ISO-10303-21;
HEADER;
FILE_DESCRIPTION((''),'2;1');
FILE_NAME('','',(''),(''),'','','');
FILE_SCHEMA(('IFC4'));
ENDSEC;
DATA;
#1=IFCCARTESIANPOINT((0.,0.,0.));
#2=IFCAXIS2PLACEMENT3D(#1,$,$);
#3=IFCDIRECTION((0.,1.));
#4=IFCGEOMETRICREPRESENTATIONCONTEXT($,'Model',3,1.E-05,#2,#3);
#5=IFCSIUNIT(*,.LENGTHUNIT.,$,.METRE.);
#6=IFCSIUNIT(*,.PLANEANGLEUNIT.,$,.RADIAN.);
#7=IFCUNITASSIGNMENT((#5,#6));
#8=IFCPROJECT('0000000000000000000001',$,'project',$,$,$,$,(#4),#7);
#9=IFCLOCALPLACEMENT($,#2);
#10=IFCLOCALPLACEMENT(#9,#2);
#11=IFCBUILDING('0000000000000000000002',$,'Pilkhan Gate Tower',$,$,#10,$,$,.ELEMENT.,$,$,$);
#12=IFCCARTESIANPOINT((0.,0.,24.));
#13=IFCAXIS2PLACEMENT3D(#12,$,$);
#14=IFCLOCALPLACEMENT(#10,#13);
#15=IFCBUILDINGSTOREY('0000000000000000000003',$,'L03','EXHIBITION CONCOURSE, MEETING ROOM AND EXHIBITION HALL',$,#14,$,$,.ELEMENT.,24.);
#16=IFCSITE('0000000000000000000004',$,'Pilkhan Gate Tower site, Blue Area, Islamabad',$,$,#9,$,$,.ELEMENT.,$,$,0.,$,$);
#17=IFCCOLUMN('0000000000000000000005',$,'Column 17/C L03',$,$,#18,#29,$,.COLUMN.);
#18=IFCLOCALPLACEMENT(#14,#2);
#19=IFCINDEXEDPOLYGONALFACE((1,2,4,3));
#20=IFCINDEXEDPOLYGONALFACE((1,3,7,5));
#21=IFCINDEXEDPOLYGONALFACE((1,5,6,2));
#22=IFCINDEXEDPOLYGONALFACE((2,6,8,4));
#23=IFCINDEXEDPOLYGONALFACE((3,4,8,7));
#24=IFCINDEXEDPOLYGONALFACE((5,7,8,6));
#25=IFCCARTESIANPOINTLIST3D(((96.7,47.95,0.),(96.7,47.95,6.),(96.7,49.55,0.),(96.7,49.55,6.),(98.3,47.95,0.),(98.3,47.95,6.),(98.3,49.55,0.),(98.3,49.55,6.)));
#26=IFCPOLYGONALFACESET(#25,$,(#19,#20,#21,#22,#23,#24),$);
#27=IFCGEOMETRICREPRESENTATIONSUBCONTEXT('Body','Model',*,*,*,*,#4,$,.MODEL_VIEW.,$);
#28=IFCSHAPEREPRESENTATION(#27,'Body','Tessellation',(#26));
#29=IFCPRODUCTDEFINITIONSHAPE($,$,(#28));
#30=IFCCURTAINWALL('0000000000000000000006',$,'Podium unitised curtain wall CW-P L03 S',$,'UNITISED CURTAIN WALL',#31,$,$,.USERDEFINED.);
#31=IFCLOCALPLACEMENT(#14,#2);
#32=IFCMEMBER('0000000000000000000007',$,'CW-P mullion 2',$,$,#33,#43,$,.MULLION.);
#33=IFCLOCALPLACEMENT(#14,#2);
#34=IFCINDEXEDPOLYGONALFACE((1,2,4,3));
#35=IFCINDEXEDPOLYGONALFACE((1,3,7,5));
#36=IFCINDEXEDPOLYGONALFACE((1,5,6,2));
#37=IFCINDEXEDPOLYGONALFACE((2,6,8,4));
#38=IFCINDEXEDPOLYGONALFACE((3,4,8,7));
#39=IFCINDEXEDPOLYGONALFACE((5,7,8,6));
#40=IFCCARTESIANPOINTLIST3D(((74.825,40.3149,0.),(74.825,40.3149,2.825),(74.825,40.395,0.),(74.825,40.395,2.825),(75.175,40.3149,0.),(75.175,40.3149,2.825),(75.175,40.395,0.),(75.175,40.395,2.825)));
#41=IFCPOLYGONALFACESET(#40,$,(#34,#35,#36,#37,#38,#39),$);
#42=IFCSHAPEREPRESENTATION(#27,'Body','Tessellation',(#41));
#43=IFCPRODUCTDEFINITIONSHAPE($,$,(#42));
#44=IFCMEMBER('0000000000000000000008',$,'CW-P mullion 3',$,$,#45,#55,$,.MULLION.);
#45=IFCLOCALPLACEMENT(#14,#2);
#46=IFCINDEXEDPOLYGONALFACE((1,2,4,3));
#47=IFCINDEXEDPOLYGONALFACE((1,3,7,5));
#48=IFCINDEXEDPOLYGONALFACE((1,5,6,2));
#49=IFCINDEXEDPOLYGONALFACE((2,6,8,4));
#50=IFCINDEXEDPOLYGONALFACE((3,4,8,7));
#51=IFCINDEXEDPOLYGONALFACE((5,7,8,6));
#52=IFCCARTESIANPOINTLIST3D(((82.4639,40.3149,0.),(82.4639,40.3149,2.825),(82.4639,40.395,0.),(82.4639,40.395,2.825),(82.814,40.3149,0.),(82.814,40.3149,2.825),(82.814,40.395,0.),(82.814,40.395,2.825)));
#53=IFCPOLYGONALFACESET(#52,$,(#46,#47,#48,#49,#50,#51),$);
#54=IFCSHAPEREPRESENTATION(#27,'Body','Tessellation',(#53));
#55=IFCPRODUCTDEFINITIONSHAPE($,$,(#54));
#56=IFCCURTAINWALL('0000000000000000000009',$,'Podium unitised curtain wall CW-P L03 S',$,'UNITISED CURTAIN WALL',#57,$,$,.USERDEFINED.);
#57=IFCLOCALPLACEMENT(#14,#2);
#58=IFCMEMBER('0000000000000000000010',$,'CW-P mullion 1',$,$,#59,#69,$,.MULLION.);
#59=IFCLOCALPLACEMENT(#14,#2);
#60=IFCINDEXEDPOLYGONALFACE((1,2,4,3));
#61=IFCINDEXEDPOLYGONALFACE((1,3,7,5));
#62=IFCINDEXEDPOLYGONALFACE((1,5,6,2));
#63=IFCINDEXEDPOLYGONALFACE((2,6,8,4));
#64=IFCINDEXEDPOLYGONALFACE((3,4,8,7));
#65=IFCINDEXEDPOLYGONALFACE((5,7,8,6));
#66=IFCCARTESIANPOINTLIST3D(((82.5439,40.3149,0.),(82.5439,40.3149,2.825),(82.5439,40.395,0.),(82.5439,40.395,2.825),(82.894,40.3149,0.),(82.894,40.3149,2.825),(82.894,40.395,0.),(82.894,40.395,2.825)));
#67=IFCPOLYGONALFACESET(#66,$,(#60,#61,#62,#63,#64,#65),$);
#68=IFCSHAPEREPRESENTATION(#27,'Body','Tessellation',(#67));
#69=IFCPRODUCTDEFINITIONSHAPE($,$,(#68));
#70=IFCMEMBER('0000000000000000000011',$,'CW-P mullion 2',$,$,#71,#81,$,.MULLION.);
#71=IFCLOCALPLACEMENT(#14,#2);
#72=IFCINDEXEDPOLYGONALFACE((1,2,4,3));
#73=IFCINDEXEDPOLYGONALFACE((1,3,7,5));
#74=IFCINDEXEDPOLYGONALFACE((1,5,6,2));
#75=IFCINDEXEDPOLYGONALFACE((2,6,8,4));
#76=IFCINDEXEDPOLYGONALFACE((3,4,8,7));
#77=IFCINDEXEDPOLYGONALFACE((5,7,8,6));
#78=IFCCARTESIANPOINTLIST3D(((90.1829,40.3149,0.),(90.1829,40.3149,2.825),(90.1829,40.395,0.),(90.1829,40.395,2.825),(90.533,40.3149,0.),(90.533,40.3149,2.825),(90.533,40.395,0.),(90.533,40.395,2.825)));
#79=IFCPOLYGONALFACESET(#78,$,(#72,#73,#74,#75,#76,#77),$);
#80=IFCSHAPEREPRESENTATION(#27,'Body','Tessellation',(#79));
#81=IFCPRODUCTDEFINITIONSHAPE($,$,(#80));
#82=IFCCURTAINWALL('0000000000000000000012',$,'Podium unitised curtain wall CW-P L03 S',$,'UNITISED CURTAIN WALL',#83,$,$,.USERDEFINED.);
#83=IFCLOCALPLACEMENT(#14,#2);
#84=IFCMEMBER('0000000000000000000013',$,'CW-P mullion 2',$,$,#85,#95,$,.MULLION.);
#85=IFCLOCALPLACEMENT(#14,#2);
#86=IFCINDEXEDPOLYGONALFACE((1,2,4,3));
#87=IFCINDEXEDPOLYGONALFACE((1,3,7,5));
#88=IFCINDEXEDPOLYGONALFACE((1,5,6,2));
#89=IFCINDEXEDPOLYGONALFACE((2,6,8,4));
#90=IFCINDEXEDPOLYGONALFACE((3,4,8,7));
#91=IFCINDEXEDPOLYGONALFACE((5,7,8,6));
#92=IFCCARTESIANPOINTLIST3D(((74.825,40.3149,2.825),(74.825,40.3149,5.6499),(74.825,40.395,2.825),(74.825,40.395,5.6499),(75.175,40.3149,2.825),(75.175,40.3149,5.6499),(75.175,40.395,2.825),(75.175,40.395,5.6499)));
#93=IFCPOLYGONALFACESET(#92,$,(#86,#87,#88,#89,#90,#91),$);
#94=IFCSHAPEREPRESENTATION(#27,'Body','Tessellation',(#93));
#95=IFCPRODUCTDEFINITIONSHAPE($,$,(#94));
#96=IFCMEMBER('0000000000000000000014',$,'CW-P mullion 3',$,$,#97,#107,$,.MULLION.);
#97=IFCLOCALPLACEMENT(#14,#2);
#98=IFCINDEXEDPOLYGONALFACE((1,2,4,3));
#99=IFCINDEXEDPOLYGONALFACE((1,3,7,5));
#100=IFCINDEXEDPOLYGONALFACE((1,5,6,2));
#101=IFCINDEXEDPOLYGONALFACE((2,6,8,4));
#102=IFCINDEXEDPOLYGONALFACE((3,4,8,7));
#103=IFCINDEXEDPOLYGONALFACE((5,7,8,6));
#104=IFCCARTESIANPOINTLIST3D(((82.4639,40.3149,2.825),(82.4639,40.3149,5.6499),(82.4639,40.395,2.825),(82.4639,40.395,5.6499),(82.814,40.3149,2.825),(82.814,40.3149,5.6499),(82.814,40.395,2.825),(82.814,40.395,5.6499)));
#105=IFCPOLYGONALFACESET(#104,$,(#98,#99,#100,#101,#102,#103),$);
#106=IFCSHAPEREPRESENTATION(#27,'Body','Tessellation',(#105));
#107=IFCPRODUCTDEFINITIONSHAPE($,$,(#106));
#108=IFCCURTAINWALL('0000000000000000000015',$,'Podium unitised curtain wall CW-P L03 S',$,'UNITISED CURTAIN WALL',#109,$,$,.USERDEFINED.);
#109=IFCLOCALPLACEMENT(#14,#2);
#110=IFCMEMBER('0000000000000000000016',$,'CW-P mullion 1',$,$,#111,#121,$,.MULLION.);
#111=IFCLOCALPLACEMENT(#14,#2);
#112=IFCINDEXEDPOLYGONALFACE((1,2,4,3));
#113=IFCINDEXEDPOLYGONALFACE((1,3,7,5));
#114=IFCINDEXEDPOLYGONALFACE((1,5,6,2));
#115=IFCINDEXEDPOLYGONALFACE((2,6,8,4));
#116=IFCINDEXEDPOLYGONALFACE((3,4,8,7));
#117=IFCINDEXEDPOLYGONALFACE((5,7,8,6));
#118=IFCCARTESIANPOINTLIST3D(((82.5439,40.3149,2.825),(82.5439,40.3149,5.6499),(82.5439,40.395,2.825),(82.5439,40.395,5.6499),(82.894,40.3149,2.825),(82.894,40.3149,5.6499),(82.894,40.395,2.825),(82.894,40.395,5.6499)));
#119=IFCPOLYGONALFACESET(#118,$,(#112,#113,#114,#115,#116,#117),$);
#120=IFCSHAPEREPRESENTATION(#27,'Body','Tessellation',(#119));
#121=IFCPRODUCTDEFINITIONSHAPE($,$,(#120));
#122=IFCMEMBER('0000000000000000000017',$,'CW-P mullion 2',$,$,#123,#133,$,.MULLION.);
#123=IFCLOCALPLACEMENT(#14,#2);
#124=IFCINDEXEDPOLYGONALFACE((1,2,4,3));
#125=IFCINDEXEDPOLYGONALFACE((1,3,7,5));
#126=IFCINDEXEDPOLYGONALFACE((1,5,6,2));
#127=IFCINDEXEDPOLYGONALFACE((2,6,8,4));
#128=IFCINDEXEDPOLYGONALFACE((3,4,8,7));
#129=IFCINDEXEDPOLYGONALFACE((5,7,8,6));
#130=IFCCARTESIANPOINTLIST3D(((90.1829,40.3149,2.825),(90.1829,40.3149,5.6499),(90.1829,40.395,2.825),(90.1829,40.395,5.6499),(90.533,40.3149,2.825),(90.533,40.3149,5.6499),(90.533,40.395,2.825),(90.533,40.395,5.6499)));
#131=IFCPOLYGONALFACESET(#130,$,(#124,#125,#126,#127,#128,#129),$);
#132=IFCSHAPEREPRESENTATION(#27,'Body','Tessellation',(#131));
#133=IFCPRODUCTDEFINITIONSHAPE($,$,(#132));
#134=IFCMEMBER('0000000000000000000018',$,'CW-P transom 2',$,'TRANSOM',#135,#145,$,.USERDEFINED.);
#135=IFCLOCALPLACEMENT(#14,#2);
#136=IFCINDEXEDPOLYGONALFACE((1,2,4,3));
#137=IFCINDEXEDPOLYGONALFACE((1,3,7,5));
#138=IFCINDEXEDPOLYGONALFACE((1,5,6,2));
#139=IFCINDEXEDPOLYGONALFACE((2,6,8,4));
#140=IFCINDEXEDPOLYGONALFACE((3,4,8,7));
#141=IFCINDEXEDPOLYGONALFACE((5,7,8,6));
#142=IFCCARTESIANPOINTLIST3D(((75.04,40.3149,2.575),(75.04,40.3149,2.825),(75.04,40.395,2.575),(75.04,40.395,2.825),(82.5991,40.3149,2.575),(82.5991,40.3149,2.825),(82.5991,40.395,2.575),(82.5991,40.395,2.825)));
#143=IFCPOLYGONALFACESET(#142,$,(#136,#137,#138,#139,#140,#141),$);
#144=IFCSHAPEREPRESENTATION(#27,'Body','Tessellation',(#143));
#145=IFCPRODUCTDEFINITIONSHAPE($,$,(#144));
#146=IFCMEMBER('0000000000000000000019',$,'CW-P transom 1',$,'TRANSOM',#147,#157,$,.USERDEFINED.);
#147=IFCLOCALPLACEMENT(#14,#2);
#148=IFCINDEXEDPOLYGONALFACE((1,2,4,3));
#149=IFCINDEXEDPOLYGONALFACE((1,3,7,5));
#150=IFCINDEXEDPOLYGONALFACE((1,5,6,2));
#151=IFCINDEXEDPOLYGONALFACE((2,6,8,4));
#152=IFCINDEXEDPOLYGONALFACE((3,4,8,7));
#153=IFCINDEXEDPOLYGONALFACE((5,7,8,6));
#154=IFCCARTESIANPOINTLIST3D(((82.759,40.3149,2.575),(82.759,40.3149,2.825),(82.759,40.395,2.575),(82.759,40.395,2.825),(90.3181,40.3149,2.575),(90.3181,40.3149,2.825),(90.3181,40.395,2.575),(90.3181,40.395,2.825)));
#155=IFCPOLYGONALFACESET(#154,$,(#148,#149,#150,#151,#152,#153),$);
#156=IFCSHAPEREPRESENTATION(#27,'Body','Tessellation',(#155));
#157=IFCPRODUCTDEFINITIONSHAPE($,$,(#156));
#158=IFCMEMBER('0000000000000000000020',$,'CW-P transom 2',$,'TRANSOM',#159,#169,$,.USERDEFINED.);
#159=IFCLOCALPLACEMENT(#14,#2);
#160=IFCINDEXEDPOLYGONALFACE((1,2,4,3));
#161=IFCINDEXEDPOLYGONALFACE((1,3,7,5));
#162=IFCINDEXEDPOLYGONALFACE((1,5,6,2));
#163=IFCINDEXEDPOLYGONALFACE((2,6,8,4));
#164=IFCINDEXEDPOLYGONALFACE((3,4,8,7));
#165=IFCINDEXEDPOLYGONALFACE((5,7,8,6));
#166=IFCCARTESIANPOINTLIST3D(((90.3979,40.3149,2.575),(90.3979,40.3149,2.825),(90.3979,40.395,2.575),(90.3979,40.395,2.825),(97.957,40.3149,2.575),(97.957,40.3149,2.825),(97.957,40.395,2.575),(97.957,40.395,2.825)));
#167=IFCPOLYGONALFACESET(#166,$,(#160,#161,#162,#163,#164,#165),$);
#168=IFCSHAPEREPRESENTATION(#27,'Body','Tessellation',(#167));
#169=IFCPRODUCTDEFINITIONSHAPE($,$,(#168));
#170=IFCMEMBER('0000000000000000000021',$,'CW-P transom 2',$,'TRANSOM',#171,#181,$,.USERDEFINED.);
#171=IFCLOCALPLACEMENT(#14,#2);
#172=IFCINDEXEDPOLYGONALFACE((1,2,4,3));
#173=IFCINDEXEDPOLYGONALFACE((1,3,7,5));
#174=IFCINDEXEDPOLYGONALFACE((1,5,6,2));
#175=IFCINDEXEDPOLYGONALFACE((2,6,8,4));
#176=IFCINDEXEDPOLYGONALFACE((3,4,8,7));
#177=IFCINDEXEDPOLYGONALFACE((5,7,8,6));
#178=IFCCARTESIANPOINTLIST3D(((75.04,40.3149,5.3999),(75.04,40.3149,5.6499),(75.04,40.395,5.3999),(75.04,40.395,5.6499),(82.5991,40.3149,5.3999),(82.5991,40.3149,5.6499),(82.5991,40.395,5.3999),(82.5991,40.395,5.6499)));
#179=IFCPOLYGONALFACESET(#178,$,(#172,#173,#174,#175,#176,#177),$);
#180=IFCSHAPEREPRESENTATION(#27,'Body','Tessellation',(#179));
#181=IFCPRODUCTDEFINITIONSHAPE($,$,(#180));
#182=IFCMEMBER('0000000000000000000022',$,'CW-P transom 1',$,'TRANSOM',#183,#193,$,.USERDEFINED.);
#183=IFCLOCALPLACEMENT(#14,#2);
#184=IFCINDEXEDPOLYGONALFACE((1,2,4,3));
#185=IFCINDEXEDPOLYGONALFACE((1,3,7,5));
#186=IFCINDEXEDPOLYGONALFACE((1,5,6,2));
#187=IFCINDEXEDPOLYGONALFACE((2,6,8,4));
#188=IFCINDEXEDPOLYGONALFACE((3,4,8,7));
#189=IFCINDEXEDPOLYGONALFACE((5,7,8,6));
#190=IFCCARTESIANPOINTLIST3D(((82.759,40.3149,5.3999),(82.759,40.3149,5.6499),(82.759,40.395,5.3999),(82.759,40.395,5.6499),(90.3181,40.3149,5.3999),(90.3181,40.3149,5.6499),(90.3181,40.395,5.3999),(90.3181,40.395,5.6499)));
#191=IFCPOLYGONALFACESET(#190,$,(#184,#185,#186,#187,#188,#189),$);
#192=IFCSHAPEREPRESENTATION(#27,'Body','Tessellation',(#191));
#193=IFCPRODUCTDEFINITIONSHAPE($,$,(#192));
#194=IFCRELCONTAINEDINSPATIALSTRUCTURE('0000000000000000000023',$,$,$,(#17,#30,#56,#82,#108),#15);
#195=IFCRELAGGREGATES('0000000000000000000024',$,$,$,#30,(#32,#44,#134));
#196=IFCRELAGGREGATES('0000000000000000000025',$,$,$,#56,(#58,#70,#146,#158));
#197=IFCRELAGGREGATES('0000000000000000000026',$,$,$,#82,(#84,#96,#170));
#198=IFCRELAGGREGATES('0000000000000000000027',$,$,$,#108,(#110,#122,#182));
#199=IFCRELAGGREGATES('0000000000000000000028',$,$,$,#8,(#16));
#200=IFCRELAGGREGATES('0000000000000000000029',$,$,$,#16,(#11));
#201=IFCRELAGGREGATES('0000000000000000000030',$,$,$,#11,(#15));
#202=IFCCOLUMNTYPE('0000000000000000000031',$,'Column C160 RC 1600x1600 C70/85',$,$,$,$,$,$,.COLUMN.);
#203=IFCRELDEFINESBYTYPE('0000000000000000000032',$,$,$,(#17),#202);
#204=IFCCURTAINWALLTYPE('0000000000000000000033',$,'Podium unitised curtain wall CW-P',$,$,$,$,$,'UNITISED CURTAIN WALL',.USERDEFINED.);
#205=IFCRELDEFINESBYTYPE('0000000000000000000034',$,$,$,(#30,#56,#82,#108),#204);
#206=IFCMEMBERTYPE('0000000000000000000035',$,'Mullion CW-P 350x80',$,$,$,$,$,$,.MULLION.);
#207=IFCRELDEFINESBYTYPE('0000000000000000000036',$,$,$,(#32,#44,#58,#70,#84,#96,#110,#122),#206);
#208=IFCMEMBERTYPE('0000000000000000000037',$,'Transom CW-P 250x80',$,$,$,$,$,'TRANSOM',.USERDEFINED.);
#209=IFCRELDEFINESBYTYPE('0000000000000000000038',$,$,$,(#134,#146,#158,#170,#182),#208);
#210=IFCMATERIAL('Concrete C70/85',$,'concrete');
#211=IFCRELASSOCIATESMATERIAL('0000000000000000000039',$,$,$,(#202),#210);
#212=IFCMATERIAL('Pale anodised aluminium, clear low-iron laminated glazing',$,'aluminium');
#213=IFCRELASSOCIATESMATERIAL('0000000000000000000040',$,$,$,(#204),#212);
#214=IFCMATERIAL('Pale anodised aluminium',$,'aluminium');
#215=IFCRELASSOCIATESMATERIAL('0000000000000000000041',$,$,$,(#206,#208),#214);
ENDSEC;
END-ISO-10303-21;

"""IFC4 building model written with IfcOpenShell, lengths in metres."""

from ifc_helpers import new_model, si_unit, direction, frame, origin, origin_2d, place, context, subcontext, project, spatial, rectangle, extrude, material, material_profile, profile_set, type_object, element, aggregate, save


model = new_model("IFC4")

# Units and contexts
model_context = context("Model", 3, precision=1e-05, world=origin(), true_north=direction((0.0, 1.0)))
body_context = subcontext(model_context, "Body", "Model", "MODEL_VIEW")
ifc_project = project(units=[si_unit("LENGTHUNIT", "METRE"), si_unit("PLANEANGLEUNIT", "RADIAN")], contexts=[model_context])

# Site, building, storey
site_placement = place(None, origin())
site = spatial("IfcSite", under=ifc_project, at=site_placement, Name="Pilkhan Gate Tower site, Blue Area, Islamabad", CompositionType="ELEMENT", RefElevation=0.0)
building_placement = place(site_placement, origin())
building = spatial("IfcBuilding", under=site, at=building_placement, Name="Pilkhan Gate Tower", CompositionType="ELEMENT")
storey_placement = place(building_placement, frame((0.0, 0.0, 24.0)))
storey = spatial("IfcBuildingStorey", under=building, at=storey_placement, Name="L03", Description="EXHIBITION CONCOURSE, MEETING ROOM AND EXHIBITION HALL", CompositionType="ELEMENT", Elevation=24.0)

# Column
ifc_material_1 = material(Name="Concrete C70/85", Category="concrete")
ifc_material_profile_1 = material_profile(ifc_material_1, rectangle(XDim=1.6001, YDim=1.6001, at=origin_2d()), Name="RC 1600x1600")
ifc_profile_set_1 = profile_set([ifc_material_profile_1], Name="Concrete C70/85")
column_type = type_object("IfcColumnType", Name="Column C160 RC 1600x1600 C70/85", PredefinedType="COLUMN", material=ifc_profile_set_1)
column_placement = place(storey_placement, frame((97.5, 48.75, 0.0), z_axis=(0.0, 0.0, 1.0), x_axis=(1.0, 0.0, 0.0)))
element("IfcColumn", 1, at=column_placement, inside=storey, type_object=column_type, Name="Column 17/C L03", PredefinedType="COLUMN", context=body_context, shape_type="SweptSolid", body=[
    extrude(rectangle(XDim=1.6001, YDim=1.6001, at=origin_2d()), origin(), (0.0, 0.0, 1.0), 6.0),
])

# Curtain walls, members
ifc_material_2 = material(Name="Pale anodised aluminium, clear low-iron laminated glazing", Category="aluminium")
curtain_wall_type = type_object("IfcCurtainWallType", Name="Podium unitised curtain wall CW-P", ElementType="UNITISED CURTAIN WALL", PredefinedType="USERDEFINED", material=ifc_material_2)
curtain_wall_1_placement = place(storey_placement, origin())
curtain_wall_1 = element("IfcCurtainWall", 2, at=curtain_wall_1_placement, inside=storey, type_object=curtain_wall_type, Name="Podium unitised curtain wall CW-P L03 S", ObjectType="UNITISED CURTAIN WALL", PredefinedType="USERDEFINED")
ifc_material_3 = material(Name="Pale anodised aluminium", Category="aluminium")
ifc_material_profile_2 = material_profile(ifc_material_3, rectangle(XDim=0.0801, YDim=0.3501, at=origin_2d()), Name="Mullion 350x80")
ifc_profile_set_2 = profile_set([ifc_material_profile_2], Name="Pale anodised aluminium")
member_type_1 = type_object("IfcMemberType", Name="Mullion CW-P 350x80", PredefinedType="MULLION", material=ifc_profile_set_2)
member_1_placement = place(storey_placement, frame((75.0, 40.355, 0.0), z_axis=(0.0, 0.0, 1.0), x_axis=(0.0, 1.0, 0.0)))
member_1 = element("IfcMember", 3, at=member_1_placement, type_object=member_type_1, Name="CW-P mullion 2", PredefinedType="MULLION", context=body_context, shape_type="SweptSolid", body=[
    extrude(rectangle(XDim=0.0801, YDim=0.3501, at=origin_2d()), origin(), (0.0, 0.0, 1.0), 2.825),
])
member_2_placement = place(storey_placement, frame((82.6389, 40.355, 0.0), z_axis=(0.0, 0.0, 1.0), x_axis=(0.0, 1.0, 0.0)))
member_2 = element("IfcMember", 4, at=member_2_placement, type_object=member_type_1, Name="CW-P mullion 3", PredefinedType="MULLION", context=body_context, shape_type="SweptSolid", body=[
    extrude(rectangle(XDim=0.0801, YDim=0.3501, at=origin_2d()), origin(), (0.0, 0.0, 1.0), 2.825),
])
curtain_wall_2_placement = place(storey_placement, origin())
curtain_wall_2 = element("IfcCurtainWall", 5, at=curtain_wall_2_placement, inside=storey, type_object=curtain_wall_type, Name="Podium unitised curtain wall CW-P L03 S", ObjectType="UNITISED CURTAIN WALL", PredefinedType="USERDEFINED")
member_3_placement = place(storey_placement, frame((82.719, 40.355, 0.0), z_axis=(0.0, 0.0, 1.0), x_axis=(0.0, 1.0, 0.0)))
member_3 = element("IfcMember", 6, at=member_3_placement, type_object=member_type_1, Name="CW-P mullion 1", PredefinedType="MULLION", context=body_context, shape_type="SweptSolid", body=[
    extrude(rectangle(XDim=0.0801, YDim=0.3501, at=origin_2d()), origin(), (0.0, 0.0, 1.0), 2.825),
])
member_4_placement = place(storey_placement, frame((90.3579, 40.355, 0.0), z_axis=(0.0, 0.0, 1.0), x_axis=(0.0, 1.0, 0.0)))
member_4 = element("IfcMember", 7, at=member_4_placement, type_object=member_type_1, Name="CW-P mullion 2", PredefinedType="MULLION", context=body_context, shape_type="SweptSolid", body=[
    extrude(rectangle(XDim=0.0801, YDim=0.3501, at=origin_2d()), origin(), (0.0, 0.0, 1.0), 2.825),
])
curtain_wall_3_placement = place(storey_placement, origin())
curtain_wall_3 = element("IfcCurtainWall", 8, at=curtain_wall_3_placement, inside=storey, type_object=curtain_wall_type, Name="Podium unitised curtain wall CW-P L03 S", ObjectType="UNITISED CURTAIN WALL", PredefinedType="USERDEFINED")
member_5_placement = place(storey_placement, frame((75.0, 40.355, 2.825), z_axis=(0.0, 0.0, 1.0), x_axis=(0.0, 1.0, 0.0)))
member_5 = element("IfcMember", 9, at=member_5_placement, type_object=member_type_1, Name="CW-P mullion 2", PredefinedType="MULLION", context=body_context, shape_type="SweptSolid", body=[
    extrude(rectangle(XDim=0.0801, YDim=0.3501, at=origin_2d()), origin(), (0.0, 0.0, 1.0), 2.825),
])
member_6_placement = place(storey_placement, frame((82.6389, 40.355, 2.825), z_axis=(0.0, 0.0, 1.0), x_axis=(0.0, 1.0, 0.0)))
member_6 = element("IfcMember", 10, at=member_6_placement, type_object=member_type_1, Name="CW-P mullion 3", PredefinedType="MULLION", context=body_context, shape_type="SweptSolid", body=[
    extrude(rectangle(XDim=0.0801, YDim=0.3501, at=origin_2d()), origin(), (0.0, 0.0, 1.0), 2.825),
])
curtain_wall_4_placement = place(storey_placement, origin())
curtain_wall_4 = element("IfcCurtainWall", 11, at=curtain_wall_4_placement, inside=storey, type_object=curtain_wall_type, Name="Podium unitised curtain wall CW-P L03 S", ObjectType="UNITISED CURTAIN WALL", PredefinedType="USERDEFINED")
member_7_placement = place(storey_placement, frame((82.719, 40.355, 2.825), z_axis=(0.0, 0.0, 1.0), x_axis=(0.0, 1.0, 0.0)))
member_7 = element("IfcMember", 12, at=member_7_placement, type_object=member_type_1, Name="CW-P mullion 1", PredefinedType="MULLION", context=body_context, shape_type="SweptSolid", body=[
    extrude(rectangle(XDim=0.0801, YDim=0.3501, at=origin_2d()), origin(), (0.0, 0.0, 1.0), 2.825),
])
member_8_placement = place(storey_placement, frame((90.3579, 40.355, 2.825), z_axis=(0.0, 0.0, 1.0), x_axis=(0.0, 1.0, 0.0)))
member_8 = element("IfcMember", 13, at=member_8_placement, type_object=member_type_1, Name="CW-P mullion 2", PredefinedType="MULLION", context=body_context, shape_type="SweptSolid", body=[
    extrude(rectangle(XDim=0.0801, YDim=0.3501, at=origin_2d()), origin(), (0.0, 0.0, 1.0), 2.825),
])

# Members
ifc_material_profile_3 = material_profile(ifc_material_3, rectangle(XDim=0.0801, YDim=0.25, at=origin_2d()), Name="Transom 250x80")
ifc_profile_set_3 = profile_set([ifc_material_profile_3], Name="Pale anodised aluminium")
member_type_2 = type_object("IfcMemberType", Name="Transom CW-P 250x80", ElementType="TRANSOM", PredefinedType="USERDEFINED", material=ifc_profile_set_3)
member_9_placement = place(storey_placement, frame((75.04, 40.355, 2.7), z_axis=(1.0, 0.0, 0.0), x_axis=(0.0, 1.0, 0.0)))
member_9 = element("IfcMember", 14, at=member_9_placement, type_object=member_type_2, Name="CW-P transom 2", ObjectType="TRANSOM", PredefinedType="USERDEFINED", context=body_context, shape_type="SweptSolid", body=[
    extrude(rectangle(XDim=0.0801, YDim=0.25, at=origin_2d()), origin(), (0.0, 0.0, 1.0), 7.5591),
])
member_10_placement = place(storey_placement, frame((82.759, 40.355, 2.7), z_axis=(1.0, 0.0, 0.0), x_axis=(0.0, 1.0, 0.0)))
member_10 = element("IfcMember", 15, at=member_10_placement, type_object=member_type_2, Name="CW-P transom 1", ObjectType="TRANSOM", PredefinedType="USERDEFINED", context=body_context, shape_type="SweptSolid", body=[
    extrude(rectangle(XDim=0.0801, YDim=0.25, at=origin_2d()), origin(), (0.0, 0.0, 1.0), 7.5591),
])
member_11_placement = place(storey_placement, frame((90.3979, 40.355, 2.7), z_axis=(1.0, 0.0, 0.0), x_axis=(0.0, 1.0, 0.0)))
member_11 = element("IfcMember", 16, at=member_11_placement, type_object=member_type_2, Name="CW-P transom 2", ObjectType="TRANSOM", PredefinedType="USERDEFINED", context=body_context, shape_type="SweptSolid", body=[
    extrude(rectangle(XDim=0.0801, YDim=0.25, at=origin_2d()), origin(), (0.0, 0.0, 1.0), 7.5591),
])
member_12_placement = place(storey_placement, frame((75.04, 40.355, 5.5249), z_axis=(1.0, 0.0, 0.0), x_axis=(0.0, 1.0, 0.0)))
member_12 = element("IfcMember", 17, at=member_12_placement, type_object=member_type_2, Name="CW-P transom 2", ObjectType="TRANSOM", PredefinedType="USERDEFINED", context=body_context, shape_type="SweptSolid", body=[
    extrude(rectangle(XDim=0.0801, YDim=0.25, at=origin_2d()), origin(), (0.0, 0.0, 1.0), 7.5591),
])
member_13_placement = place(storey_placement, frame((82.759, 40.355, 5.5249), z_axis=(1.0, 0.0, 0.0), x_axis=(0.0, 1.0, 0.0)))
member_13 = element("IfcMember", 18, at=member_13_placement, type_object=member_type_2, Name="CW-P transom 1", ObjectType="TRANSOM", PredefinedType="USERDEFINED", context=body_context, shape_type="SweptSolid", body=[
    extrude(rectangle(XDim=0.0801, YDim=0.25, at=origin_2d()), origin(), (0.0, 0.0, 1.0), 7.5591),
])

aggregate(curtain_wall_1, [member_1, member_2, member_9])
aggregate(curtain_wall_2, [member_3, member_4, member_10, member_11])
aggregate(curtain_wall_3, [member_5, member_6, member_12])
aggregate(curtain_wall_4, [member_7, member_8, member_13])

save(model, "model.ifc")
